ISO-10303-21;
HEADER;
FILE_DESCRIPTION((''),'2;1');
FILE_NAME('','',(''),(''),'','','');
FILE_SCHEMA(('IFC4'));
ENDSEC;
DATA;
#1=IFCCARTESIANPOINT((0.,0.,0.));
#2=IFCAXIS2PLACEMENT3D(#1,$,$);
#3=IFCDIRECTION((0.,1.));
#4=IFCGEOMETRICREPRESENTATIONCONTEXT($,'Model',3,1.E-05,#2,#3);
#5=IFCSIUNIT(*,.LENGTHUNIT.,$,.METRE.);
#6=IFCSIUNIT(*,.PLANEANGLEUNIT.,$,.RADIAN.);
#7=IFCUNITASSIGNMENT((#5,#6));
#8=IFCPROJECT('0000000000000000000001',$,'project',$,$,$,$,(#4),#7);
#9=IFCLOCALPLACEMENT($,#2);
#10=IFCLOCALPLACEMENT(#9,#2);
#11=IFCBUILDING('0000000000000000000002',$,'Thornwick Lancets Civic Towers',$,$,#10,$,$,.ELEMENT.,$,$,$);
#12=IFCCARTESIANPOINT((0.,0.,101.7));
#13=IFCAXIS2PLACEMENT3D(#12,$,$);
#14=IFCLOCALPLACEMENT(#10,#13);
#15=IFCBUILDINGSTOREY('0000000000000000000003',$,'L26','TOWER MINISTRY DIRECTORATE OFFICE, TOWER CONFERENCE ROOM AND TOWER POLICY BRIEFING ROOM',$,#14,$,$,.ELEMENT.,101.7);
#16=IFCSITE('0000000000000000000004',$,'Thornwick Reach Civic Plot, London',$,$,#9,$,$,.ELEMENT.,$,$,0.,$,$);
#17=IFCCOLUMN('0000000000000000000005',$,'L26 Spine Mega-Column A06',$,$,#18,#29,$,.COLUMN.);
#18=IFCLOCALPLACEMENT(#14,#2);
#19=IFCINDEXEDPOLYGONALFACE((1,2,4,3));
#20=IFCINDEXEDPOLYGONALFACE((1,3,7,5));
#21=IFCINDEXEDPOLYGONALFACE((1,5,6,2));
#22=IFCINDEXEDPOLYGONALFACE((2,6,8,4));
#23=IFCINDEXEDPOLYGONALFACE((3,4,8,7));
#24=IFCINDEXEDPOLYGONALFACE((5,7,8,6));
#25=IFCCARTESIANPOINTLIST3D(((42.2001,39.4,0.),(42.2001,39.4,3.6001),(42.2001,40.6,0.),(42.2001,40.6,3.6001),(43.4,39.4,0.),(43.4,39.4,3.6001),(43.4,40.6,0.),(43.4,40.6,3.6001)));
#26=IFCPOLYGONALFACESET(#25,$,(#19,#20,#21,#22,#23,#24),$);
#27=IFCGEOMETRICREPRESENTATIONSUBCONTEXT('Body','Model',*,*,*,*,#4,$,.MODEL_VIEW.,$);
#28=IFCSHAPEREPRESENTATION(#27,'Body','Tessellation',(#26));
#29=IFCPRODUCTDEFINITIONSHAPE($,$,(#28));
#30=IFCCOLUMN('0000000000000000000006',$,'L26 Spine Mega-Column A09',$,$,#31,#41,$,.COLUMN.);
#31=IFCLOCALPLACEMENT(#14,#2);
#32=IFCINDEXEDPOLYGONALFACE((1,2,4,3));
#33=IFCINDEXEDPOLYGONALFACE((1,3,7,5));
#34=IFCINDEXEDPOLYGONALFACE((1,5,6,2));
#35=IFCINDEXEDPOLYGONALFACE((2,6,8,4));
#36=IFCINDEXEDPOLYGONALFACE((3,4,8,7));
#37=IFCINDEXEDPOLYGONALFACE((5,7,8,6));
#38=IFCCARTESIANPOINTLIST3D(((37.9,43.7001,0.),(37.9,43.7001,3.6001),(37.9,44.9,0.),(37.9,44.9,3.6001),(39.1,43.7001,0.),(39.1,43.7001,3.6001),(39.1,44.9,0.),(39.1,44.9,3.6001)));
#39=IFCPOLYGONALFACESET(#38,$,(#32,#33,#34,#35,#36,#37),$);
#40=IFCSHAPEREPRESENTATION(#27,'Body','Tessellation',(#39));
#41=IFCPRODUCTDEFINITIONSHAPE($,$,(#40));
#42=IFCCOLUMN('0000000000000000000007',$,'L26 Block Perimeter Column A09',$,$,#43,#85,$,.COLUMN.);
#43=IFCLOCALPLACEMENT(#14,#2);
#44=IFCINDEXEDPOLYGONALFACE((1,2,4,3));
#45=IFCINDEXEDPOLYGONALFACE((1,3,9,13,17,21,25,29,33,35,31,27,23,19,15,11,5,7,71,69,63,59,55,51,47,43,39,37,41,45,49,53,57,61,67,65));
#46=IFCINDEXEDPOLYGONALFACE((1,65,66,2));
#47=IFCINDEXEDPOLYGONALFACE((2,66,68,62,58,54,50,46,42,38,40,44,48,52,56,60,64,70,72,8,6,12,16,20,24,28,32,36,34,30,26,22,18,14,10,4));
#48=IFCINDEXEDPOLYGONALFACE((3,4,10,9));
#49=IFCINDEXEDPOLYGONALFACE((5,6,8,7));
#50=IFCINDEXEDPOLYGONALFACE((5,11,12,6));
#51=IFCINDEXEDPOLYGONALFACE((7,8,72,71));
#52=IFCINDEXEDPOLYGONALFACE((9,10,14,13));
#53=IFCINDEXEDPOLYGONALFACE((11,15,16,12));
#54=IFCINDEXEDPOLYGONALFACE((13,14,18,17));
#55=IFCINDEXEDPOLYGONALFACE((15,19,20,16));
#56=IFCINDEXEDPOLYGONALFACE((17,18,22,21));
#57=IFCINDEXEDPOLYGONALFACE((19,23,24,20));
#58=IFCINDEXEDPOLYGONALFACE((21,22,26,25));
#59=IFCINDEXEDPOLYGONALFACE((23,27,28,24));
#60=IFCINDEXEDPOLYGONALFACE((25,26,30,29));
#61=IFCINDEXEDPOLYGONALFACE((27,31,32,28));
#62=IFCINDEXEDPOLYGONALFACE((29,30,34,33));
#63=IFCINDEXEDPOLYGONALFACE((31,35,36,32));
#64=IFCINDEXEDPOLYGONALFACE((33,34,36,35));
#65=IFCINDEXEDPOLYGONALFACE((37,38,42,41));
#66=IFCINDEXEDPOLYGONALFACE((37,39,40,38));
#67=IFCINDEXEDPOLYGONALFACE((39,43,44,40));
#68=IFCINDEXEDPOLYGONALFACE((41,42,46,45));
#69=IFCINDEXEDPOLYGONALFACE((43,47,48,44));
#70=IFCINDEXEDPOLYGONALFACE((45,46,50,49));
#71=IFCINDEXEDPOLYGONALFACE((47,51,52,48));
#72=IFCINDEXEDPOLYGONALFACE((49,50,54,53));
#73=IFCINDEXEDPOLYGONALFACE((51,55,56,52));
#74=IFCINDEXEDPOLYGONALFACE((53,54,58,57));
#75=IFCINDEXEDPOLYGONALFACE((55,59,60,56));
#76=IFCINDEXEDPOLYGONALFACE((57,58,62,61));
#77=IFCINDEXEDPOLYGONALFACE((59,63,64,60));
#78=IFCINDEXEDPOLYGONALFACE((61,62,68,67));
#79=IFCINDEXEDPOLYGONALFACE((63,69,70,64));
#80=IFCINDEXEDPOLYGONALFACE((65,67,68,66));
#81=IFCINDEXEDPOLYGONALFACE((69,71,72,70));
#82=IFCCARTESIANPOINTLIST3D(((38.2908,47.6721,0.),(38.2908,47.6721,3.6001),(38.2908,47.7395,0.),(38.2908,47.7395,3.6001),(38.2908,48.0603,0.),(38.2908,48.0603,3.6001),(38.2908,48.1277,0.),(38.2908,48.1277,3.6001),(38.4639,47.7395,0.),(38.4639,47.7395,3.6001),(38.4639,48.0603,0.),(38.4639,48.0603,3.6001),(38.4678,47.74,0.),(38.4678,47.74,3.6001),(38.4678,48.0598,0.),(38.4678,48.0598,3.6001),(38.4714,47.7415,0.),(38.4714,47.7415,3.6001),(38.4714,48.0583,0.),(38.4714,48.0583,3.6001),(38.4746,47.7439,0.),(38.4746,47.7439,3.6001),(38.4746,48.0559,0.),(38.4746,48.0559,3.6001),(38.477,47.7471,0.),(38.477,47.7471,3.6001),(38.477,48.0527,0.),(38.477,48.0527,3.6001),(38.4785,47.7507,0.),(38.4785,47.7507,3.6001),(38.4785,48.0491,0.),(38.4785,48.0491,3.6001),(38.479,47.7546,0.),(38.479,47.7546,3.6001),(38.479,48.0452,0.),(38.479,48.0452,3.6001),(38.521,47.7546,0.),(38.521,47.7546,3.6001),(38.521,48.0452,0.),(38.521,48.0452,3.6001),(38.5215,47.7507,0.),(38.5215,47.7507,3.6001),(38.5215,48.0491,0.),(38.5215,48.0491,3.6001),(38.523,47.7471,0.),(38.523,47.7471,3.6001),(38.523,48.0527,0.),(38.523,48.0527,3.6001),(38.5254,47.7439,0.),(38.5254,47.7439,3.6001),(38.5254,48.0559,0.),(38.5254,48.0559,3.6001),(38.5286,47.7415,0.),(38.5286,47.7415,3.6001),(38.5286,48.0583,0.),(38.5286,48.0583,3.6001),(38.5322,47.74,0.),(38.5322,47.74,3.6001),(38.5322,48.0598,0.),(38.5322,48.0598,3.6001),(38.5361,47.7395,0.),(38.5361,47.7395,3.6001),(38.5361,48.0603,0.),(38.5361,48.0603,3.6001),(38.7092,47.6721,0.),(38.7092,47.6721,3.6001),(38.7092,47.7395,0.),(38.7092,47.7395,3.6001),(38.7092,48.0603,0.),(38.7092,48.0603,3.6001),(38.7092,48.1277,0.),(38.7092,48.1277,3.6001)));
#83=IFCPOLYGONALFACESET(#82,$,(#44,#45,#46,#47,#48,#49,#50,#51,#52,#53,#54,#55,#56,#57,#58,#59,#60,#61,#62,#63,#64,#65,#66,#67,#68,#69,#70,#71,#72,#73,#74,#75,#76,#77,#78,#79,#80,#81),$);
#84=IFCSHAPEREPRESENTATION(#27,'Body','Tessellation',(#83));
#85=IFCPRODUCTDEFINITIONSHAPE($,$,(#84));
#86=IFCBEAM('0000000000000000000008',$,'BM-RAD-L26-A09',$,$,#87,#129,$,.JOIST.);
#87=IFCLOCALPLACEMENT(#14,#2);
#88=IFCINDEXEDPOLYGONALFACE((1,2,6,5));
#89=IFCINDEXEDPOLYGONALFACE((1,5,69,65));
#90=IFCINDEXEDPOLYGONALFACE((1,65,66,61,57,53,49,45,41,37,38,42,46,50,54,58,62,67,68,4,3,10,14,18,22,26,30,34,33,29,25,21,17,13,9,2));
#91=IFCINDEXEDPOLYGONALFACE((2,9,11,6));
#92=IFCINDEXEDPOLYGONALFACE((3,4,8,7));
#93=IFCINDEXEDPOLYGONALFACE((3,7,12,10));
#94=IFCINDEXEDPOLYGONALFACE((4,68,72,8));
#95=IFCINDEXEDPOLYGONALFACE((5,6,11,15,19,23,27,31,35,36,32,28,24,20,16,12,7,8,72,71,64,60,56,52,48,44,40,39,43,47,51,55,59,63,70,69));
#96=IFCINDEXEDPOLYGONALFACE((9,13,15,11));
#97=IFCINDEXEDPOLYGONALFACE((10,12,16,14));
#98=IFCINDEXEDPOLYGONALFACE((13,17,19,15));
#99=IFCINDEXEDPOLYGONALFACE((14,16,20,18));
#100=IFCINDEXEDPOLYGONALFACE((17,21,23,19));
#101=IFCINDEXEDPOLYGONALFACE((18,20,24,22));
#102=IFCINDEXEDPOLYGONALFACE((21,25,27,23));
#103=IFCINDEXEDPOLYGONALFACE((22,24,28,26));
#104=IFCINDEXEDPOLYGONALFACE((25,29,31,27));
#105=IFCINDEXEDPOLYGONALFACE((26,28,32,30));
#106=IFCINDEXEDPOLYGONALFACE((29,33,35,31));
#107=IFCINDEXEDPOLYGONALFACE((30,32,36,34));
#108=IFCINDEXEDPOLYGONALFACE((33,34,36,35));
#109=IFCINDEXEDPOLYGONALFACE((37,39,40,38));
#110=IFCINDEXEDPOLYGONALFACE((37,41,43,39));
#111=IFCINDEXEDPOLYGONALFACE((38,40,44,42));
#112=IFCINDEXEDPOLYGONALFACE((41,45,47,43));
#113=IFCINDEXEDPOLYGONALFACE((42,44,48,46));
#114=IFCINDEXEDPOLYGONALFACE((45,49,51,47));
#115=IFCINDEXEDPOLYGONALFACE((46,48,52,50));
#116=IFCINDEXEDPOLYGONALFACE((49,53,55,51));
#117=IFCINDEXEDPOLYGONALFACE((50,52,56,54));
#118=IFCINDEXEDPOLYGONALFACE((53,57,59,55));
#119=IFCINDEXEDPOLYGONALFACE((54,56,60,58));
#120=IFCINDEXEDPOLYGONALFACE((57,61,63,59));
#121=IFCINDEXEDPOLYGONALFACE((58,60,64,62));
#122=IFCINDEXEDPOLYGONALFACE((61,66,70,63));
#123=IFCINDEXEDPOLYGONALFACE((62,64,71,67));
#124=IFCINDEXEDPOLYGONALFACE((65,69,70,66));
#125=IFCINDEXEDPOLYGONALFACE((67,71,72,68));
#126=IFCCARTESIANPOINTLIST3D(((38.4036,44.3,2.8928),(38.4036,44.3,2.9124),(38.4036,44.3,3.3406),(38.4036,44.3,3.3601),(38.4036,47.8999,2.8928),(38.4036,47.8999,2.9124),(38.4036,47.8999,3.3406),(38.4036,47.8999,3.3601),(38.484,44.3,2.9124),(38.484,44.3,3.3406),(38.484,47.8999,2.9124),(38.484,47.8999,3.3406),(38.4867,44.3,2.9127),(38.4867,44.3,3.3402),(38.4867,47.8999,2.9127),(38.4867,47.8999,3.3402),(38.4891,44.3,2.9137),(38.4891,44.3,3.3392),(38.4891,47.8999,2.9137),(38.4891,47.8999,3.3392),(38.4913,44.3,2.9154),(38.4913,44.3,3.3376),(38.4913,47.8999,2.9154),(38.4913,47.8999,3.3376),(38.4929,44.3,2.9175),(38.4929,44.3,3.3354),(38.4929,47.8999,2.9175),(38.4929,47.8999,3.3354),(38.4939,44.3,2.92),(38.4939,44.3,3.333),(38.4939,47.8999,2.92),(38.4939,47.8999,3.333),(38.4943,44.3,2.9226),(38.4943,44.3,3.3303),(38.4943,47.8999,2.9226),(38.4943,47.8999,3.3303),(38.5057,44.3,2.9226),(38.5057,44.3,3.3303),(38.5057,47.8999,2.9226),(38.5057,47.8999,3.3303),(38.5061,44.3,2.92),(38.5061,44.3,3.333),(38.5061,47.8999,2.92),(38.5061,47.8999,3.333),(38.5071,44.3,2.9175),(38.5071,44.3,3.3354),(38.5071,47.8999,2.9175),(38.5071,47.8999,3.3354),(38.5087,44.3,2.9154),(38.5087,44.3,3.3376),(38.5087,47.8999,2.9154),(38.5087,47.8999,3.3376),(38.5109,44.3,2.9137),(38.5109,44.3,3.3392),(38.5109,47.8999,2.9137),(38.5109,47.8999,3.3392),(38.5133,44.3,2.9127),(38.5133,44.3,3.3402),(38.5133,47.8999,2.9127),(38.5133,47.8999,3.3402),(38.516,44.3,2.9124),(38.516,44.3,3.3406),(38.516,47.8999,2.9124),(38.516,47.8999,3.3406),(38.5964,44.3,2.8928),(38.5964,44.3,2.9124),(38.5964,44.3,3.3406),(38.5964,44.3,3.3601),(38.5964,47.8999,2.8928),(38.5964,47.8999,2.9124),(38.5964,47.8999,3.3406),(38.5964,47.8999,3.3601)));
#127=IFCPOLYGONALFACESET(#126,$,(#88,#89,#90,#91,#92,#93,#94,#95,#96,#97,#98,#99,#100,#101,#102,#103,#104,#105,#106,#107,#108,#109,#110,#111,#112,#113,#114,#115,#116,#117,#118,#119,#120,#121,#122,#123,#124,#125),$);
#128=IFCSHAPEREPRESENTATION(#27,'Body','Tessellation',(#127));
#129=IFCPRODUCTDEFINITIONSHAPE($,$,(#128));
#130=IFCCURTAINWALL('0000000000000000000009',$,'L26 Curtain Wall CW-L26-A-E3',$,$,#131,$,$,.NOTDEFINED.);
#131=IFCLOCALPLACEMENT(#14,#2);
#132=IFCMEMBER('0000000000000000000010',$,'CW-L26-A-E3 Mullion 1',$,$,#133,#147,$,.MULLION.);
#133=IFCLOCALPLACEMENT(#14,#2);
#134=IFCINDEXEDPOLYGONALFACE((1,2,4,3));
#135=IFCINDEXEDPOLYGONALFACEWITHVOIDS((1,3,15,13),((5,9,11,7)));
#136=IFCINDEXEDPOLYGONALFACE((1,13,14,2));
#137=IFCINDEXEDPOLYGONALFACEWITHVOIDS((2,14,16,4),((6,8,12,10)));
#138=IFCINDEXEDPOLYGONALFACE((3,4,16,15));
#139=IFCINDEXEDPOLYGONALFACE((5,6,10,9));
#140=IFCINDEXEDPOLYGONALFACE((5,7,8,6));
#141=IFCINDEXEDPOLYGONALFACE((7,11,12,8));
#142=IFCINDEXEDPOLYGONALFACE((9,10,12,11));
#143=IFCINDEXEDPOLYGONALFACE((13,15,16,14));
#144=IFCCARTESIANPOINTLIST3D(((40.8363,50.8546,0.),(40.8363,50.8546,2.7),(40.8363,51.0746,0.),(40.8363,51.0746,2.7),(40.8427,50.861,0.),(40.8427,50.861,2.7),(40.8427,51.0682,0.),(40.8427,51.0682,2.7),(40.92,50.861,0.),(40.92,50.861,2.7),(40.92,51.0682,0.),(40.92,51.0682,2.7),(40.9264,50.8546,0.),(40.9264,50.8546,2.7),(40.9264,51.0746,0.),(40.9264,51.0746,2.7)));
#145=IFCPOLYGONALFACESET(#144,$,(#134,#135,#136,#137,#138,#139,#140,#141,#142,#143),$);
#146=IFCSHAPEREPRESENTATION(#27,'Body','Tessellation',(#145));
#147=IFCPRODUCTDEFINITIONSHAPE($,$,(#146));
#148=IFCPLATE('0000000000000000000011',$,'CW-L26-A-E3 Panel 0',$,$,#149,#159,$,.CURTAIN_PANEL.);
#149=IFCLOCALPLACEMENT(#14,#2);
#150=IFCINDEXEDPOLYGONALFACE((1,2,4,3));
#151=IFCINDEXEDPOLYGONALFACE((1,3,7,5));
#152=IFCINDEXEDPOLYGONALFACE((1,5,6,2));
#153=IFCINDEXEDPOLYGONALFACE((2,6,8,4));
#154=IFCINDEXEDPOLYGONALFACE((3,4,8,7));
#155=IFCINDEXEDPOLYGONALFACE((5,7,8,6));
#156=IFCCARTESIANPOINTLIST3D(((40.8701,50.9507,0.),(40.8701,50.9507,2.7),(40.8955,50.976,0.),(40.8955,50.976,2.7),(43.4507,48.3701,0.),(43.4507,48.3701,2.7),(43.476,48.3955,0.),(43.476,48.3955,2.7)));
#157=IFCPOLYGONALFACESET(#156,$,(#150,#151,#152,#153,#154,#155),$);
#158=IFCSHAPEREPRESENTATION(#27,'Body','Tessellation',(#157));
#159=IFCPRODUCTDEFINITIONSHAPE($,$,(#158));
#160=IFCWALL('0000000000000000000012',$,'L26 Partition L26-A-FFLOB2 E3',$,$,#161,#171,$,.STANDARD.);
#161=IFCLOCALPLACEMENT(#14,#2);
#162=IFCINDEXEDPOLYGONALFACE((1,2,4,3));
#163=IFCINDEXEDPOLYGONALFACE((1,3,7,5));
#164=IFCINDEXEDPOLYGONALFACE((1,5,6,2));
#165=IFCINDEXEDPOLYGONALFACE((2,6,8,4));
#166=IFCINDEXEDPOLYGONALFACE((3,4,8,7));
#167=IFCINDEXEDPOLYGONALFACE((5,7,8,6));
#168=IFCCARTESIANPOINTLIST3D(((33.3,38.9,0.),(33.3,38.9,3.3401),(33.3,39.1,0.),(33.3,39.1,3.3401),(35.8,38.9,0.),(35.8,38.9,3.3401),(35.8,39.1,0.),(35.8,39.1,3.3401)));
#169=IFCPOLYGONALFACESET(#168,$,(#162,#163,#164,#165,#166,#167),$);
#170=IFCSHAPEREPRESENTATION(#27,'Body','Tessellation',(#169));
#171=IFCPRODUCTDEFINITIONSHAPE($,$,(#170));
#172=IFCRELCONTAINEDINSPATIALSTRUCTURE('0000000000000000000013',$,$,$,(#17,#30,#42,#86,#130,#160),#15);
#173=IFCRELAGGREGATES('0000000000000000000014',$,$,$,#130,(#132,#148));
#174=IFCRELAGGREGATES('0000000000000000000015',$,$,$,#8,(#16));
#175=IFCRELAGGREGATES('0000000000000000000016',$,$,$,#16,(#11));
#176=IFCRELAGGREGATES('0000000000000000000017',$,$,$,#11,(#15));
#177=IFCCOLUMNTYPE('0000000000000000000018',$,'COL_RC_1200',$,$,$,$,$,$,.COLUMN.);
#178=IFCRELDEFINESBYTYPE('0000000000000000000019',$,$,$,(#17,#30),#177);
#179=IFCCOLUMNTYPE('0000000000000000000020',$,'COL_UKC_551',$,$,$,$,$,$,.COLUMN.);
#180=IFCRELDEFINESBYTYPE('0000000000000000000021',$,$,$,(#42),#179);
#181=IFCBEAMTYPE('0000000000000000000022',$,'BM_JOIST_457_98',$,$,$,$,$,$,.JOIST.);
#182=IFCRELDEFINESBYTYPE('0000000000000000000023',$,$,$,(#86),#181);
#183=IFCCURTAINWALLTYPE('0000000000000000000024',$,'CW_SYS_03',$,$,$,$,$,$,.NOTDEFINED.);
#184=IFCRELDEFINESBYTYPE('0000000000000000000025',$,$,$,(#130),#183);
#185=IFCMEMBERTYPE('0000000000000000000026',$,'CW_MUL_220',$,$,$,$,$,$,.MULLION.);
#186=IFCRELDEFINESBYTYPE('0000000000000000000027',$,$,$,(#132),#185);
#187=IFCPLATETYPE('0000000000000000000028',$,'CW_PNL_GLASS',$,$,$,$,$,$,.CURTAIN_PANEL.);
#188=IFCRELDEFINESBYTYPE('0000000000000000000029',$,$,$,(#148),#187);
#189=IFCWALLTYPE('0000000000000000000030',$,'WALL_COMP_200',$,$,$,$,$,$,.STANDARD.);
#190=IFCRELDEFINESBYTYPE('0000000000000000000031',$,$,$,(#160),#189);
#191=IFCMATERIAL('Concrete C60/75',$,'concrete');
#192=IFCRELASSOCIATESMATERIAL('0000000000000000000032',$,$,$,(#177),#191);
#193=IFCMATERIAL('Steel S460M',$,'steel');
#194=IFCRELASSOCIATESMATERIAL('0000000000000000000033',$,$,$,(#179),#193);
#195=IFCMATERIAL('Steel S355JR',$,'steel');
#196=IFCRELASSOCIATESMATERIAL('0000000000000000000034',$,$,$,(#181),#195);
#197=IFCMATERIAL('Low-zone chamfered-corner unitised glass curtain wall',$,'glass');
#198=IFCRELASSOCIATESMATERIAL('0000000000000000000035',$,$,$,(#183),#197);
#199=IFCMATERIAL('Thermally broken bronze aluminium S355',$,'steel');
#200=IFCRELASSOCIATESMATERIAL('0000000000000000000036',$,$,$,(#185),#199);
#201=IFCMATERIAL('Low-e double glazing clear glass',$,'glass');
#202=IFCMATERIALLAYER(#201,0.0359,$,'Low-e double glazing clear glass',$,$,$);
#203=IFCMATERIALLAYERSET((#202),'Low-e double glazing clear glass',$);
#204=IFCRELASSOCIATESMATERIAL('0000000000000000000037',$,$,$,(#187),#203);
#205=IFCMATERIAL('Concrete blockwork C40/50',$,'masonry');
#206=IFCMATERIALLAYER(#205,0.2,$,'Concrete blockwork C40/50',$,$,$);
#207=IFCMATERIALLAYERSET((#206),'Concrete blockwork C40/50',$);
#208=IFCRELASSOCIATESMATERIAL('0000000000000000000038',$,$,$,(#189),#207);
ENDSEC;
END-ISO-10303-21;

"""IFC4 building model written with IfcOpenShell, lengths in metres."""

from ifc_helpers import new_model, si_unit, direction, frame, frame_2d, origin, origin_2d, place, context, subcontext, project, spatial, rectangle, hollow_rectangle, i_section, extrude, material, layer, layer_set, material_profile, profile_set, type_object, element, aggregate, save


model = new_model("IFC4")

# Units and contexts
model_context = context("Model", 3, precision=1e-05, world=origin(), true_north=direction((0.0, 1.0)))
body_context = subcontext(model_context, "Body", "Model", "MODEL_VIEW")
ifc_project = project(units=[si_unit("LENGTHUNIT", "METRE"), si_unit("PLANEANGLEUNIT", "RADIAN")], contexts=[model_context])

# Site, building, storey
site_placement = place(None, origin())
site = spatial("IfcSite", under=ifc_project, at=site_placement, Name="Thornwick Reach Civic Plot, London", CompositionType="ELEMENT", RefElevation=0.0)
building_placement = place(site_placement, origin())
building = spatial("IfcBuilding", under=site, at=building_placement, Name="Thornwick Lancets Civic Towers", CompositionType="ELEMENT")
storey_placement = place(building_placement, frame((0.0, 0.0, 101.7)))
storey = spatial("IfcBuildingStorey", under=building, at=storey_placement, Name="L26", Description="TOWER MINISTRY DIRECTORATE OFFICE, TOWER CONFERENCE ROOM AND TOWER POLICY BRIEFING ROOM", CompositionType="ELEMENT", Elevation=101.7)

# Columns
ifc_material_1 = material(Name="Concrete C60/75", Category="concrete")
ifc_material_profile_1 = material_profile(ifc_material_1, rectangle(XDim=1.2, YDim=1.2, at=origin_2d()), Name="RC 1200x1200")
ifc_profile_set_1 = profile_set([ifc_material_profile_1], Name="Concrete C60/75")
column_type_1 = type_object("IfcColumnType", Name="COL_RC_1200", PredefinedType="COLUMN", material=ifc_profile_set_1)
for number, where, z_axis, x_axis, name in (
    (1, (42.8, 40.0, 0.0), (0.0, 0.0, 1.0), (1.0, 0.0, 0.0), "L26 Spine Mega-Column A06"),
    (2, (38.5, 44.3, 0.0), (0.0, 0.0, 1.0), (1.0, 0.0, 0.0), "L26 Spine Mega-Column A09"),
):
    element("IfcColumn", number, at=place(storey_placement, frame(where, z_axis=z_axis, x_axis=x_axis)), inside=storey, type_object=column_type_1, Name=name, PredefinedType="COLUMN", context=body_context, shape_type="SweptSolid", body=[
        extrude(rectangle(XDim=1.2, YDim=1.2, at=origin_2d()), origin(), (0.0, 0.0, 1.0), 3.6001),
    ])
ifc_material_2 = material(Name="Steel S460M", Category="steel")
ifc_material_profile_2 = material_profile(ifc_material_2, i_section(OverallWidth=0.4185, OverallDepth=0.4556, WebThickness=0.042, FlangeThickness=0.0674, FilletRadius=0.0151, at=origin_2d()), Name="UKC 356x406x551")
ifc_profile_set_2 = profile_set([ifc_material_profile_2], Name="Steel S460M")
column_type_2 = type_object("IfcColumnType", Name="COL_UKC_551", PredefinedType="COLUMN", material=ifc_profile_set_2)
column_placement = place(storey_placement, frame((38.5, 47.8999, 0.0), z_axis=(0.0, 0.0, 1.0), x_axis=(1.0, 0.0, 0.0)))
element("IfcColumn", 3, at=column_placement, inside=storey, type_object=column_type_2, Name="L26 Block Perimeter Column A09", PredefinedType="COLUMN", context=body_context, shape_type="SweptSolid", body=[
    extrude(i_section(OverallWidth=0.4185, OverallDepth=0.4556, WebThickness=0.042, FlangeThickness=0.0674, FilletRadius=0.0151, at=origin_2d()), origin(), (0.0, 0.0, 1.0), 3.6001),
])

# Beam
ifc_material_3 = material(Name="Steel S355JR", Category="steel")
ifc_material_profile_3 = material_profile(ifc_material_3, i_section(OverallWidth=0.1929, OverallDepth=0.4673, WebThickness=0.0115, FlangeThickness=0.0195, FilletRadius=0.0103, at=origin_2d()), Name="UKB 457x191x98")
ifc_profile_set_3 = profile_set([ifc_material_profile_3], Name="Steel S355JR")
beam_type = type_object("IfcBeamType", Name="BM_JOIST_457_98", PredefinedType="JOIST", material=ifc_profile_set_3)
beam_placement = place(storey_placement, frame((38.5, 44.3, 3.1265), z_axis=(0.0, 1.0, 0.0), x_axis=(-1.0, 0.0, 0.0)))
element("IfcBeam", 4, at=beam_placement, inside=storey, type_object=beam_type, Name="BM-RAD-L26-A09", PredefinedType="JOIST", context=body_context, shape_type="SweptSolid", body=[
    extrude(i_section(OverallWidth=0.1929, OverallDepth=0.4673, WebThickness=0.0115, FlangeThickness=0.0195, FilletRadius=0.0103, at=origin_2d()), origin(), (0.0, 0.0, 1.0), 3.5999),
])

# Curtain wall, member, plate
ifc_material_4 = material(Name="Low-zone chamfered-corner unitised glass curtain wall", Category="glass")
curtain_wall_type = type_object("IfcCurtainWallType", Name="CW_SYS_03", PredefinedType="NOTDEFINED", material=ifc_material_4)
curtain_wall_placement = place(storey_placement, origin())
curtain_wall = element("IfcCurtainWall", 5, at=curtain_wall_placement, inside=storey, type_object=curtain_wall_type, Name="L26 Curtain Wall CW-L26-A-E3", PredefinedType="NOTDEFINED")
ifc_material_5 = material(Name="Thermally broken bronze aluminium S355", Category="steel")
ifc_material_profile_4 = material_profile(ifc_material_5, hollow_rectangle(XDim=0.0901, YDim=0.22, WallThickness=0.0063, at=origin_2d()), Name="RHS 220x90x6.3")
ifc_profile_set_4 = profile_set([ifc_material_profile_4], Name="Thermally broken bronze aluminium S355")
member_type = type_object("IfcMemberType", Name="CW_MUL_220", PredefinedType="MULLION", material=ifc_profile_set_4)
member_placement = place(storey_placement, frame((40.8813, 50.9646, 0.0), z_axis=(0.0, 0.0, 1.0), x_axis=(1.0, 0.0, 0.0)))
member = element("IfcMember", 6, at=member_placement, type_object=member_type, Name="CW-L26-A-E3 Mullion 1", PredefinedType="MULLION", context=body_context, shape_type="SweptSolid", body=[
    extrude(hollow_rectangle(XDim=0.0901, YDim=0.22, WallThickness=0.0063, at=origin_2d()), origin(), (0.0, 0.0, 1.0), 2.7),
])
ifc_material_6 = material(Name="Low-e double glazing clear glass", Category="glass")
ifc_layer_1 = layer(ifc_material_6, 0.0359, Name="Low-e double glazing clear glass")
ifc_layer_set_1 = layer_set([ifc_layer_1], Name="Low-e double glazing clear glass")
plate_type = type_object("IfcPlateType", Name="CW_PNL_GLASS", PredefinedType="CURTAIN_PANEL", material=ifc_layer_set_1)
plate_placement = place(storey_placement, frame((42.1731, 49.6731, 0.0), z_axis=(0.0, 0.0, 1.0), x_axis=(-0.707107, 0.707107, 0.0)))
plate = element("IfcPlate", 7, at=plate_placement, type_object=plate_type, Name="CW-L26-A-E3 Panel 0", PredefinedType="CURTAIN_PANEL", context=body_context, shape_type="SweptSolid", body=[
    extrude(rectangle(XDim=3.6494, YDim=0.0359, at=origin_2d()), origin(), (0.0, 0.0, 1.0), 2.7),
])
aggregate(curtain_wall, [member, plate])

# Wall
ifc_material_7 = material(Name="Concrete blockwork C40/50", Category="masonry")
ifc_layer_2 = layer(ifc_material_7, 0.2, Name="Concrete blockwork C40/50")
ifc_layer_set_2 = layer_set([ifc_layer_2], Name="Concrete blockwork C40/50")
wall_type_1 = type_object("IfcWallType", Name="WALL_COMP_200", PredefinedType="STANDARD", material=ifc_layer_set_2)
wall_1_placement = place(storey_placement, frame((35.8, 39.0, 0.0), z_axis=(0.0, 0.0, 1.0), x_axis=(-1.0, 0.0, 0.0)))
element("IfcWall", 8, at=wall_1_placement, inside=storey, type_object=wall_type_1, Name="L26 Partition L26-A-FFLOB2 E3", PredefinedType="STANDARD", context=body_context, shape_type="SweptSolid", body=[
    extrude(rectangle(XDim=2.5, YDim=0.2, at=frame_2d((1.25, 0.0))), origin(), (0.0, 0.0, 1.0), 3.3401),
])

save(model, "model.ifc")
